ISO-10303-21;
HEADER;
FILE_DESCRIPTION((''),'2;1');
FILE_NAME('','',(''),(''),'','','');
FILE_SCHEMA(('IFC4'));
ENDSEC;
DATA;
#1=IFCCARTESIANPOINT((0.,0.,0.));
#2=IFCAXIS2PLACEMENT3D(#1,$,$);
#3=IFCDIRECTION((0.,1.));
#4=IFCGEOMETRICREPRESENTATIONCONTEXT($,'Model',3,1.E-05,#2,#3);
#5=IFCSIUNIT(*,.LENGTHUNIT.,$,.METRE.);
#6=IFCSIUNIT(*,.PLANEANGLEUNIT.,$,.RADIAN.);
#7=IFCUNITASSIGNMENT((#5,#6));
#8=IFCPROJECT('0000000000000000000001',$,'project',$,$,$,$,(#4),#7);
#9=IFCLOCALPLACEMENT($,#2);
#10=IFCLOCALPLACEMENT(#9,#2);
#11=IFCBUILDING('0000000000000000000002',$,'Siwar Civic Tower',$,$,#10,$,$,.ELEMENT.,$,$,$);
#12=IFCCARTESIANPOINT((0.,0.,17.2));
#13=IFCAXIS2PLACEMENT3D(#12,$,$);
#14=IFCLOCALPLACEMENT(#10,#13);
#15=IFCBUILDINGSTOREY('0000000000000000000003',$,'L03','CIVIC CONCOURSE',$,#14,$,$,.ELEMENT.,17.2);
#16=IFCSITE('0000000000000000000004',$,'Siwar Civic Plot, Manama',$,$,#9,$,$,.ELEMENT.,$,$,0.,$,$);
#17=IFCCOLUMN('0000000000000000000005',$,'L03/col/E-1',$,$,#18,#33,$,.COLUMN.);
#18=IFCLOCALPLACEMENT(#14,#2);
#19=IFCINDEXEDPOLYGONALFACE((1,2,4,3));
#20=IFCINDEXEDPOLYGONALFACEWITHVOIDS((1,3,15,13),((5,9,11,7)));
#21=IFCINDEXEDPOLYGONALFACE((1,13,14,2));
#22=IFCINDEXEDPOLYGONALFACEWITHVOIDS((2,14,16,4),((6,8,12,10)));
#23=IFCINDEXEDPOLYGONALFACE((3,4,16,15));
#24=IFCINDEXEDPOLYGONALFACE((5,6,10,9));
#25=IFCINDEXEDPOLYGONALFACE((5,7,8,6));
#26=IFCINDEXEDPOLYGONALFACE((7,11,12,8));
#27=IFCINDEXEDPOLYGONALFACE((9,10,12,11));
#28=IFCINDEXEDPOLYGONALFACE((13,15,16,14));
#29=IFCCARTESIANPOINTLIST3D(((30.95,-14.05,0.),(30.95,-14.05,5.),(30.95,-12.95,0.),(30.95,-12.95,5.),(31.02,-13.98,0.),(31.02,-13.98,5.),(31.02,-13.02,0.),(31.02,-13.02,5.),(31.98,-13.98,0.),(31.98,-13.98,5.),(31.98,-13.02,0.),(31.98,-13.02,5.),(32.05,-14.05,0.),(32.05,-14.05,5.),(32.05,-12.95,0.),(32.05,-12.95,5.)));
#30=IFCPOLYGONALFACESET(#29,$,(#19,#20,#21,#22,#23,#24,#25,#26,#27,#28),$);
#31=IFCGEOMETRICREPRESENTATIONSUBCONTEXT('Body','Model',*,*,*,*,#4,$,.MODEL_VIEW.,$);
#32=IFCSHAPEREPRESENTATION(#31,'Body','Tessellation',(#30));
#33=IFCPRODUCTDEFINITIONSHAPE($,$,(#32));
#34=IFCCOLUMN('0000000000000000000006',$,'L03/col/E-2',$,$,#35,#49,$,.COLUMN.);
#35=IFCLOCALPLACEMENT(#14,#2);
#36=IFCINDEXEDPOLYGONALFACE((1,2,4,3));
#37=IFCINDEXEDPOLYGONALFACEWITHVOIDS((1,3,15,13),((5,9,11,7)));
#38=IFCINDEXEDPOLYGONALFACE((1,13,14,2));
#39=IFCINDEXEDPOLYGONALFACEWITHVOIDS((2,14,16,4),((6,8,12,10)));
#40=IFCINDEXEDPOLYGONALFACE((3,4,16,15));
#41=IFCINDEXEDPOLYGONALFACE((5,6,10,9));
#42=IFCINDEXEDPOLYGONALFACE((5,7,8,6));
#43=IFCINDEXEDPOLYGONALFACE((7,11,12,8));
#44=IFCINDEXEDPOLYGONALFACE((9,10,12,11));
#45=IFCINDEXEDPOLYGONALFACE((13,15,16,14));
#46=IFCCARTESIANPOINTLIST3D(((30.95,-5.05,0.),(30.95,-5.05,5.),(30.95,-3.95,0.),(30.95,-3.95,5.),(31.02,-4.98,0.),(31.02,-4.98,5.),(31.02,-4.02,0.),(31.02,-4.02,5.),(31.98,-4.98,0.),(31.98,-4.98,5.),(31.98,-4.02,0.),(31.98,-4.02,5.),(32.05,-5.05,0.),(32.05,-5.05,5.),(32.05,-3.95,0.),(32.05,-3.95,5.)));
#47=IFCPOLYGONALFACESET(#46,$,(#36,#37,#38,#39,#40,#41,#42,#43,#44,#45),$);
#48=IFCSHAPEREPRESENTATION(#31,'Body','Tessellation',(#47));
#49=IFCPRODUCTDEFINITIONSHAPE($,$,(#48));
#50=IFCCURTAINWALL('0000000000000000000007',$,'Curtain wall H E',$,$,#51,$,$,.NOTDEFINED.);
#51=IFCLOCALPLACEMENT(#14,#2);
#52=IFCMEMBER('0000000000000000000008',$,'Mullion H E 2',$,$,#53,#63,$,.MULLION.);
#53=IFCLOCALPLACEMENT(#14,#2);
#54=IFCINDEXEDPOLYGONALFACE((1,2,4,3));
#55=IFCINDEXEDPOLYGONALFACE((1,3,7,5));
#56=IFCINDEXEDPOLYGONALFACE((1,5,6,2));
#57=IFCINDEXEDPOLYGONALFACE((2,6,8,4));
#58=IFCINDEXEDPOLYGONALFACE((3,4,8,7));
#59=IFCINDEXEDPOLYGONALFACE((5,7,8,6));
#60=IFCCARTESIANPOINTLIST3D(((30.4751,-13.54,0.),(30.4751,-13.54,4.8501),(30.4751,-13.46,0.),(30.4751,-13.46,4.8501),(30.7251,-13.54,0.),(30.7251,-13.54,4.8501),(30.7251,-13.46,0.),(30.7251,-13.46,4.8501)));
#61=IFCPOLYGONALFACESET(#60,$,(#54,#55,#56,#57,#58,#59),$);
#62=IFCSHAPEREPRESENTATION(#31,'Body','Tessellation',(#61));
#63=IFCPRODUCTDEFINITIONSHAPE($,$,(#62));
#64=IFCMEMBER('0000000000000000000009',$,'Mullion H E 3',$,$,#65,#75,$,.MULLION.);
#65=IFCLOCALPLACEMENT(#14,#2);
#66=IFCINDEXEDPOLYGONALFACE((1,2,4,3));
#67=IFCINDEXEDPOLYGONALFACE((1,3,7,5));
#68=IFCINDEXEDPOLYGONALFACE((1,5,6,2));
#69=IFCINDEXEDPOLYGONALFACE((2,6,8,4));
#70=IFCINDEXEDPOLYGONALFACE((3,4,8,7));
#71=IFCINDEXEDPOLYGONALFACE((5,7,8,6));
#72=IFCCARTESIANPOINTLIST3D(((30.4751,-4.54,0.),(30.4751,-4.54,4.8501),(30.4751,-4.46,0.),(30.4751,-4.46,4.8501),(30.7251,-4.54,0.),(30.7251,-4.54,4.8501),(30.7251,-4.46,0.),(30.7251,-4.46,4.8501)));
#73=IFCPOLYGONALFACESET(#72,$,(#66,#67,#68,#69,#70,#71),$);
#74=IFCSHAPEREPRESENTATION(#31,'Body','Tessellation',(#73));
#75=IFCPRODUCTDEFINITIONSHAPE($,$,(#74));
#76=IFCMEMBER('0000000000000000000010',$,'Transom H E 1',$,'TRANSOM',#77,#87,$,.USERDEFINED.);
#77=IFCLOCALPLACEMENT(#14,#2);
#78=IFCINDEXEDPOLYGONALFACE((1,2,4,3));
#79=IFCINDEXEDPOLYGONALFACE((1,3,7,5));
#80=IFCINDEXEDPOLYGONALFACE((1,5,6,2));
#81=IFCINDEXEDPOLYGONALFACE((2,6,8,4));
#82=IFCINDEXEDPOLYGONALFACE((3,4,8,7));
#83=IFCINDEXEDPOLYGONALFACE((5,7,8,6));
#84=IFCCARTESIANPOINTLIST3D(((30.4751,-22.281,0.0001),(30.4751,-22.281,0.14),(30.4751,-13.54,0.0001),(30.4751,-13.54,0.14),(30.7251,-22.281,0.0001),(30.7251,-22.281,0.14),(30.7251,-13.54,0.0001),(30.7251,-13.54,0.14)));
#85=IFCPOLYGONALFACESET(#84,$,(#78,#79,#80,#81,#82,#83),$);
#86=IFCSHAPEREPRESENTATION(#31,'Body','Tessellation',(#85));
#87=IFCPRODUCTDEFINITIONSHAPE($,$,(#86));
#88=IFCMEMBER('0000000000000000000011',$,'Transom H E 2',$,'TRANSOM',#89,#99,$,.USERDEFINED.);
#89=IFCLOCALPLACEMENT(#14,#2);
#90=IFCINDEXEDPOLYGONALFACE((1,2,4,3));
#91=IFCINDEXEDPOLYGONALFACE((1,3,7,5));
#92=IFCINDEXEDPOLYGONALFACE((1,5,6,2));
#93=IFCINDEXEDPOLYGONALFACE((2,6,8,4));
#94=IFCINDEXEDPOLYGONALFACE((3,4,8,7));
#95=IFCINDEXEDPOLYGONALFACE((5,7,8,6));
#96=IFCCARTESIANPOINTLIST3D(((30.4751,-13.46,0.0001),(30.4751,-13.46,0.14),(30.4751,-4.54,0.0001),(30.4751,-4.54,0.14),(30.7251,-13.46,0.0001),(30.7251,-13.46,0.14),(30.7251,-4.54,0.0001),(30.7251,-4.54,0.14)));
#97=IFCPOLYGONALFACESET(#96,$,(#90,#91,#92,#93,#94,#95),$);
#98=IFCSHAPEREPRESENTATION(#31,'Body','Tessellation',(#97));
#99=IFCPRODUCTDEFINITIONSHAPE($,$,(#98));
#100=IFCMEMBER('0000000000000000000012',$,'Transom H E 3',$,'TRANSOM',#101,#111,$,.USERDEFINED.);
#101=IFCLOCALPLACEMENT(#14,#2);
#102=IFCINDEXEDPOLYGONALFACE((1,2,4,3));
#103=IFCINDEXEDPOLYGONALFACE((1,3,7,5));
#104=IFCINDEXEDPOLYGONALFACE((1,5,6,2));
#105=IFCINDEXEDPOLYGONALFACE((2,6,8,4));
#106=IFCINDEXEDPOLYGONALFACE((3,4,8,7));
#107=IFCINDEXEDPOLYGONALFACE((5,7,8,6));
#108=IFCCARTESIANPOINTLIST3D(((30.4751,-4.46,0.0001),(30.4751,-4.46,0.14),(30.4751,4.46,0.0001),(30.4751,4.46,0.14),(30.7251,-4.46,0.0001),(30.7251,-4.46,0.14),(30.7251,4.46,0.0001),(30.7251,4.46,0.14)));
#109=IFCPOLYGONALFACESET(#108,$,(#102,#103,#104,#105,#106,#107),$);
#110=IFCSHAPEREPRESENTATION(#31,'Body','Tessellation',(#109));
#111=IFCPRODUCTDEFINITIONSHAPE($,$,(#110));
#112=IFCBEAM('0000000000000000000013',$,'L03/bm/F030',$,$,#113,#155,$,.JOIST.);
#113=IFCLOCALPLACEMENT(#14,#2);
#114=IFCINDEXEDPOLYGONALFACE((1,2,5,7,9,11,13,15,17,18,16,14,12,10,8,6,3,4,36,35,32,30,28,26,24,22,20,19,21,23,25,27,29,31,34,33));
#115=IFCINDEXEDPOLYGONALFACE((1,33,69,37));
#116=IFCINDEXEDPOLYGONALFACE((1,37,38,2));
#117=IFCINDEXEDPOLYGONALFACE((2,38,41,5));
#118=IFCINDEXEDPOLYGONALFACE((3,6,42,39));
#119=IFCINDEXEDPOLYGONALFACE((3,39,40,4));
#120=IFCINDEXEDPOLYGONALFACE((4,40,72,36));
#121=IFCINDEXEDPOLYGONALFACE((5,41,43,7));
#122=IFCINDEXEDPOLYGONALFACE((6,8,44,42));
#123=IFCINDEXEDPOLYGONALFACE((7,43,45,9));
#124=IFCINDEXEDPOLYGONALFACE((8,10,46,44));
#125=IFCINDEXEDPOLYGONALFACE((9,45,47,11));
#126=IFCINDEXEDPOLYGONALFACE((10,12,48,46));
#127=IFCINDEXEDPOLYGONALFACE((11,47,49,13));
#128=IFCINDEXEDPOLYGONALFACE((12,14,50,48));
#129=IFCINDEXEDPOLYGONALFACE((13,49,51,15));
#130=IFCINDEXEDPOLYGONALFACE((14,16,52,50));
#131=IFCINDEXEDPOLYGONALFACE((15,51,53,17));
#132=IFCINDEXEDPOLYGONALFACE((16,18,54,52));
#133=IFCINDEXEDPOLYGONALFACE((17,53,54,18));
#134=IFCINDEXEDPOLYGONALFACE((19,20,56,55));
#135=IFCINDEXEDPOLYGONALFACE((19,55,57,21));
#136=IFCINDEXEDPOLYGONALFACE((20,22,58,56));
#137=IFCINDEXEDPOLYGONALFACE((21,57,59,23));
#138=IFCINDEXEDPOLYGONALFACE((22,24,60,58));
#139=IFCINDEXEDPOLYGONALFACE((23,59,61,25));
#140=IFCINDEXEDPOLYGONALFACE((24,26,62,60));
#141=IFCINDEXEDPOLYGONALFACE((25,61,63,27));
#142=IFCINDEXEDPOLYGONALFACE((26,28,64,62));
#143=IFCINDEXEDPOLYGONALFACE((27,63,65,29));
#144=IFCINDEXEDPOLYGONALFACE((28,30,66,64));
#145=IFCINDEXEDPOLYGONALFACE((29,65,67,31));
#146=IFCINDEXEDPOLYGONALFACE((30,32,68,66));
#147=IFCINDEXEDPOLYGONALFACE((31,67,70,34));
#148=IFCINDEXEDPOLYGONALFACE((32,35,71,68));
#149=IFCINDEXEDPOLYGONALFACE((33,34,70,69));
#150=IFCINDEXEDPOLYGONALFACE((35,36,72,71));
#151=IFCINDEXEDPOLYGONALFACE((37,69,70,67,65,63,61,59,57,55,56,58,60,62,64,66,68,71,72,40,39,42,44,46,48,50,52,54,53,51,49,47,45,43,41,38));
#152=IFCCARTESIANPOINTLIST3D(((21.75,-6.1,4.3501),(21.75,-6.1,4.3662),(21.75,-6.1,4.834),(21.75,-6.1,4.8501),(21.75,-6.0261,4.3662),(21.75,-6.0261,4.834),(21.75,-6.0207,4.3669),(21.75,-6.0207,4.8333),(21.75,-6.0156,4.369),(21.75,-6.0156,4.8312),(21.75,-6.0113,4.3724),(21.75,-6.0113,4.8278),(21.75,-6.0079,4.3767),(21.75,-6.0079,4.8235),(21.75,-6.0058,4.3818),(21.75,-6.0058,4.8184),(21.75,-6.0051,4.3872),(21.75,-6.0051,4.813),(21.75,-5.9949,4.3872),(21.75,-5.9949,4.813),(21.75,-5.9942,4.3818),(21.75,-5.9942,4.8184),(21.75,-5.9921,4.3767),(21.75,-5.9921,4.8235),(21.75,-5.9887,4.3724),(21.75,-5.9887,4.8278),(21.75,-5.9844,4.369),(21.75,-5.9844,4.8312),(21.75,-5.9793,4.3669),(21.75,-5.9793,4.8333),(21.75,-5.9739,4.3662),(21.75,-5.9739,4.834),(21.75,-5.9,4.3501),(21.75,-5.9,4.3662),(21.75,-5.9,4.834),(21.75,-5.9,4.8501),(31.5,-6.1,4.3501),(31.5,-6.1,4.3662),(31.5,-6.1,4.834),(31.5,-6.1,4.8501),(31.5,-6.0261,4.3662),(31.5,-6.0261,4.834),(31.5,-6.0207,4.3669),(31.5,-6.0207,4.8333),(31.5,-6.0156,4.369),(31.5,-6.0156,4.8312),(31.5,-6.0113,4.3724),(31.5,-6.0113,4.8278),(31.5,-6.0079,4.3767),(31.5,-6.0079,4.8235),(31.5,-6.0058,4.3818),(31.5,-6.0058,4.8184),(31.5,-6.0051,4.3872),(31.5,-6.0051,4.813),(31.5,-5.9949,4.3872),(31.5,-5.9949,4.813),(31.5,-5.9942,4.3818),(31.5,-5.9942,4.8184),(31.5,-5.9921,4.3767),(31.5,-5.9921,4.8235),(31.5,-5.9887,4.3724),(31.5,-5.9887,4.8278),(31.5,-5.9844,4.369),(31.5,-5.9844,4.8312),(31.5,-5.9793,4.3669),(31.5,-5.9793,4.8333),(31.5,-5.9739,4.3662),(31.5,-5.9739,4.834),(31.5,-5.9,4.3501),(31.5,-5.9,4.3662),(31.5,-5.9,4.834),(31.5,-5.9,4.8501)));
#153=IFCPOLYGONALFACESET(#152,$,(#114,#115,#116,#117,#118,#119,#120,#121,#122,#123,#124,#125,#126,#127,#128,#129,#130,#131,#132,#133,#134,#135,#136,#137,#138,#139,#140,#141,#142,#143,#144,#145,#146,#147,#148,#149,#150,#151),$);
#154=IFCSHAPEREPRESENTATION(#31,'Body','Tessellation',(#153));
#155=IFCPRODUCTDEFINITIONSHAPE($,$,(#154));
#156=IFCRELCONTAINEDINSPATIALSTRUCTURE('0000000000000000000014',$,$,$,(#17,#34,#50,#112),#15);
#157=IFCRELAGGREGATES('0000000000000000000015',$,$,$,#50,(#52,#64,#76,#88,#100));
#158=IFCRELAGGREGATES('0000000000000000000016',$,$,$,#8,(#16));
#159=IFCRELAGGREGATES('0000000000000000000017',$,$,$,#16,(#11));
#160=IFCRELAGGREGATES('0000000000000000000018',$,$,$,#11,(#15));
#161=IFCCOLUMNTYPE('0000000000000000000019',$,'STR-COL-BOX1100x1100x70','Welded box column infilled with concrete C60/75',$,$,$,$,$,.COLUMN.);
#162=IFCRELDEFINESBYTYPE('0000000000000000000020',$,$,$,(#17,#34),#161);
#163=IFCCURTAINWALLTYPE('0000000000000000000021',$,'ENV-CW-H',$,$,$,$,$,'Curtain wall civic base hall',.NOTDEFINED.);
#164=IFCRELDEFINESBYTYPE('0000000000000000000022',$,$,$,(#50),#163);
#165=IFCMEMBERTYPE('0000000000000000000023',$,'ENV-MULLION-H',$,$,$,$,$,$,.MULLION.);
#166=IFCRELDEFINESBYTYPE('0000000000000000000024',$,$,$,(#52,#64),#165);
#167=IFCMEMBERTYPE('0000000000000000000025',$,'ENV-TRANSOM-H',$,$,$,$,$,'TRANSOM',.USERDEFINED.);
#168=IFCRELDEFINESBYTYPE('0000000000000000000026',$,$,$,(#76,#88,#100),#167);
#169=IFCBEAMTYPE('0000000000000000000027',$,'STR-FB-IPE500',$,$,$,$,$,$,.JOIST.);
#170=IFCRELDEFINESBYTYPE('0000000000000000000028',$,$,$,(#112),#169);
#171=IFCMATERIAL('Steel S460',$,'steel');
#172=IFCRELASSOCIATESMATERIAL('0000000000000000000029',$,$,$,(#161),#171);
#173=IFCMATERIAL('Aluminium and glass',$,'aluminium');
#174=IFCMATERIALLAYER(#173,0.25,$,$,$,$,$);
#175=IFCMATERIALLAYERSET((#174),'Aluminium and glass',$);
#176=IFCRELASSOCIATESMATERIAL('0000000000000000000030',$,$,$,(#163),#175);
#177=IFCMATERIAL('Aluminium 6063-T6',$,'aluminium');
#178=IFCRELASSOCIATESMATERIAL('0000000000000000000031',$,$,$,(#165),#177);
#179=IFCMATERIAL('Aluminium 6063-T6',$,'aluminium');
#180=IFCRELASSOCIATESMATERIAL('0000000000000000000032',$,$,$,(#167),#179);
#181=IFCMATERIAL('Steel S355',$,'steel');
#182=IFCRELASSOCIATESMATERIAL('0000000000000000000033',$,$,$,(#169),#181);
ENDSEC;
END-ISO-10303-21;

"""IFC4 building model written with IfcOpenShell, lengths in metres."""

from ifc_helpers import new_model, si_unit, direction, frame, origin, origin_2d, place, context, subcontext, project, spatial, rectangle, hollow_rectangle, i_section, extrude, material, layer, layer_set, material_profile, profile_set, type_object, element, aggregate, save


model = new_model("IFC4")

# Units and contexts
model_context = context("Model", 3, precision=1e-05, world=origin(), true_north=direction((0.0, 1.0)))
body_context = subcontext(model_context, "Body", "Model", "MODEL_VIEW")
ifc_project = project(units=[si_unit("LENGTHUNIT", "METRE"), si_unit("PLANEANGLEUNIT", "RADIAN")], contexts=[model_context])

# Site, building, storey
site_placement = place(None, origin())
site = spatial("IfcSite", under=ifc_project, at=site_placement, Name="Siwar Civic Plot, Manama", CompositionType="ELEMENT", RefElevation=0.0)
building_placement = place(site_placement, origin())
building = spatial("IfcBuilding", under=site, at=building_placement, Name="Siwar Civic Tower", CompositionType="ELEMENT")
storey_placement = place(building_placement, frame((0.0, 0.0, 17.2)))
storey = spatial("IfcBuildingStorey", under=building, at=storey_placement, Name="L03", Description="CIVIC CONCOURSE", CompositionType="ELEMENT", Elevation=17.2)

# Columns
ifc_material_1 = material(Name="Steel S460", Category="steel")
ifc_material_profile_1 = material_profile(ifc_material_1, hollow_rectangle(XDim=1.1001, YDim=1.1001, WallThickness=0.0701, at=origin_2d()), Name="BOX1100x1100x70")
ifc_profile_set_1 = profile_set([ifc_material_profile_1], Name="Steel S460")
column_type = type_object("IfcColumnType", Name="STR-COL-BOX1100x1100x70", Description="Welded box column infilled with concrete C60/75", PredefinedType="COLUMN", material=ifc_profile_set_1)
for number, where, z_axis, x_axis, name in (
    (1, (31.5, -13.5, 0.0), (0.0, 0.0, 1.0), (1.0, 0.0, 0.0), "L03/col/E-1"),
    (2, (31.5, -4.5, 0.0), (0.0, 0.0, 1.0), (1.0, 0.0, 0.0), "L03/col/E-2"),
):
    element("IfcColumn", number, at=place(storey_placement, frame(where, z_axis=z_axis, x_axis=x_axis)), inside=storey, type_object=column_type, Name=name, PredefinedType="COLUMN", context=body_context, shape_type="SweptSolid", body=[
        extrude(hollow_rectangle(XDim=1.1001, YDim=1.1001, WallThickness=0.0701, at=origin_2d()), origin(), (0.0, 0.0, 1.0), 5.0),
    ])

# Curtain wall, members
ifc_material_2 = material(Name="Aluminium and glass", Category="aluminium")
ifc_layer_1 = layer(ifc_material_2, 0.25)
ifc_layer_set_1 = layer_set([ifc_layer_1], Name="Aluminium and glass")
curtain_wall_type = type_object("IfcCurtainWallType", Name="ENV-CW-H", ElementType="Curtain wall civic base hall", PredefinedType="NOTDEFINED", material=ifc_layer_set_1)
curtain_wall_placement = place(storey_placement, origin())
curtain_wall = element("IfcCurtainWall", 3, at=curtain_wall_placement, inside=storey, type_object=curtain_wall_type, Name="Curtain wall H E", PredefinedType="NOTDEFINED")
ifc_material_3 = material(Name="Aluminium 6063-T6", Category="aluminium")
ifc_material_profile_2 = material_profile(ifc_material_3, rectangle(XDim=0.25, YDim=0.0801, at=origin_2d()), Name="AL 250x80")
ifc_profile_set_2 = profile_set([ifc_material_profile_2], Name="Aluminium 6063-T6")
member_type_1 = type_object("IfcMemberType", Name="ENV-MULLION-H", PredefinedType="MULLION", material=ifc_profile_set_2)
member_1_placement = place(storey_placement, frame((30.6001, -13.5, 0.0), z_axis=(0.0, 0.0, 1.0), x_axis=(-1.0, 0.0, 0.0)))
member_1 = element("IfcMember", 4, at=member_1_placement, type_object=member_type_1, Name="Mullion H E 2", PredefinedType="MULLION", context=body_context, shape_type="SweptSolid", body=[
    extrude(rectangle(XDim=0.25, YDim=0.0801, at=origin_2d()), origin(), (0.0, 0.0, 1.0), 4.8501),
])
member_2_placement = place(storey_placement, frame((30.6001, -4.5, 0.0), z_axis=(0.0, 0.0, 1.0), x_axis=(-1.0, 0.0, 0.0)))
member_2 = element("IfcMember", 5, at=member_2_placement, type_object=member_type_1, Name="Mullion H E 3", PredefinedType="MULLION", context=body_context, shape_type="SweptSolid", body=[
    extrude(rectangle(XDim=0.25, YDim=0.0801, at=origin_2d()), origin(), (0.0, 0.0, 1.0), 4.8501),
])
ifc_material_4 = material(Name="Aluminium 6063-T6", Category="aluminium")
ifc_material_profile_3 = material_profile(ifc_material_4, rectangle(XDim=0.25, YDim=0.1399, at=origin_2d()), Name="AL 250x140")
ifc_profile_set_3 = profile_set([ifc_material_profile_3], Name="Aluminium 6063-T6")
member_type_2 = type_object("IfcMemberType", Name="ENV-TRANSOM-H", ElementType="TRANSOM", PredefinedType="USERDEFINED", material=ifc_profile_set_3)
member_3_placement = place(storey_placement, frame((30.6001, -22.281, 0.0701), z_axis=(0.0, 1.0, 0.0), x_axis=(-1.0, 0.0, 0.0)))
member_3 = element("IfcMember", 6, at=member_3_placement, type_object=member_type_2, Name="Transom H E 1", ObjectType="TRANSOM", PredefinedType="USERDEFINED", context=body_context, shape_type="SweptSolid", body=[
    extrude(rectangle(XDim=0.25, YDim=0.1399, at=origin_2d()), origin(), (0.0, 0.0, 1.0), 8.741),
])
member_4_placement = place(storey_placement, frame((30.6001, -13.46, 0.0701), z_axis=(0.0, 1.0, 0.0), x_axis=(-1.0, 0.0, 0.0)))
member_4 = element("IfcMember", 7, at=member_4_placement, type_object=member_type_2, Name="Transom H E 2", ObjectType="TRANSOM", PredefinedType="USERDEFINED", context=body_context, shape_type="SweptSolid", body=[
    extrude(rectangle(XDim=0.25, YDim=0.1399, at=origin_2d()), origin(), (0.0, 0.0, 1.0), 8.9199),
])
member_5_placement = place(storey_placement, frame((30.6001, -4.46, 0.0701), z_axis=(0.0, 1.0, 0.0), x_axis=(-1.0, 0.0, 0.0)))
member_5 = element("IfcMember", 8, at=member_5_placement, type_object=member_type_2, Name="Transom H E 3", ObjectType="TRANSOM", PredefinedType="USERDEFINED", context=body_context, shape_type="SweptSolid", body=[
    extrude(rectangle(XDim=0.25, YDim=0.1399, at=origin_2d()), origin(), (0.0, 0.0, 1.0), 8.9199),
])

# Beam
ifc_material_5 = material(Name="Steel S355", Category="steel")
ifc_material_profile_4 = material_profile(ifc_material_5, i_section(OverallWidth=0.2, OverallDepth=0.5, WebThickness=0.0103, FlangeThickness=0.0161, FilletRadius=0.021, at=origin_2d()), Name="IPE500")
ifc_profile_set_4 = profile_set([ifc_material_profile_4], Name="Steel S355")
beam_type_1 = type_object("IfcBeamType", Name="STR-FB-IPE500", PredefinedType="JOIST", material=ifc_profile_set_4)
beam_1_placement = place(storey_placement, frame((21.75, -6.0, 4.6001), z_axis=(1.0, 0.0, 0.0), x_axis=(0.0, 1.0, 0.0)))
element("IfcBeam", 9, at=beam_1_placement, inside=storey, type_object=beam_type_1, Name="L03/bm/F030", PredefinedType="JOIST", context=body_context, shape_type="SweptSolid", body=[
    extrude(i_section(OverallWidth=0.2, OverallDepth=0.5, WebThickness=0.0103, FlangeThickness=0.0161, FilletRadius=0.021, at=origin_2d()), origin(), (0.0, 0.0, 1.0), 9.75),
])

aggregate(curtain_wall, [member_1, member_2, member_3, member_4, member_5])

save(model, "model.ifc")
